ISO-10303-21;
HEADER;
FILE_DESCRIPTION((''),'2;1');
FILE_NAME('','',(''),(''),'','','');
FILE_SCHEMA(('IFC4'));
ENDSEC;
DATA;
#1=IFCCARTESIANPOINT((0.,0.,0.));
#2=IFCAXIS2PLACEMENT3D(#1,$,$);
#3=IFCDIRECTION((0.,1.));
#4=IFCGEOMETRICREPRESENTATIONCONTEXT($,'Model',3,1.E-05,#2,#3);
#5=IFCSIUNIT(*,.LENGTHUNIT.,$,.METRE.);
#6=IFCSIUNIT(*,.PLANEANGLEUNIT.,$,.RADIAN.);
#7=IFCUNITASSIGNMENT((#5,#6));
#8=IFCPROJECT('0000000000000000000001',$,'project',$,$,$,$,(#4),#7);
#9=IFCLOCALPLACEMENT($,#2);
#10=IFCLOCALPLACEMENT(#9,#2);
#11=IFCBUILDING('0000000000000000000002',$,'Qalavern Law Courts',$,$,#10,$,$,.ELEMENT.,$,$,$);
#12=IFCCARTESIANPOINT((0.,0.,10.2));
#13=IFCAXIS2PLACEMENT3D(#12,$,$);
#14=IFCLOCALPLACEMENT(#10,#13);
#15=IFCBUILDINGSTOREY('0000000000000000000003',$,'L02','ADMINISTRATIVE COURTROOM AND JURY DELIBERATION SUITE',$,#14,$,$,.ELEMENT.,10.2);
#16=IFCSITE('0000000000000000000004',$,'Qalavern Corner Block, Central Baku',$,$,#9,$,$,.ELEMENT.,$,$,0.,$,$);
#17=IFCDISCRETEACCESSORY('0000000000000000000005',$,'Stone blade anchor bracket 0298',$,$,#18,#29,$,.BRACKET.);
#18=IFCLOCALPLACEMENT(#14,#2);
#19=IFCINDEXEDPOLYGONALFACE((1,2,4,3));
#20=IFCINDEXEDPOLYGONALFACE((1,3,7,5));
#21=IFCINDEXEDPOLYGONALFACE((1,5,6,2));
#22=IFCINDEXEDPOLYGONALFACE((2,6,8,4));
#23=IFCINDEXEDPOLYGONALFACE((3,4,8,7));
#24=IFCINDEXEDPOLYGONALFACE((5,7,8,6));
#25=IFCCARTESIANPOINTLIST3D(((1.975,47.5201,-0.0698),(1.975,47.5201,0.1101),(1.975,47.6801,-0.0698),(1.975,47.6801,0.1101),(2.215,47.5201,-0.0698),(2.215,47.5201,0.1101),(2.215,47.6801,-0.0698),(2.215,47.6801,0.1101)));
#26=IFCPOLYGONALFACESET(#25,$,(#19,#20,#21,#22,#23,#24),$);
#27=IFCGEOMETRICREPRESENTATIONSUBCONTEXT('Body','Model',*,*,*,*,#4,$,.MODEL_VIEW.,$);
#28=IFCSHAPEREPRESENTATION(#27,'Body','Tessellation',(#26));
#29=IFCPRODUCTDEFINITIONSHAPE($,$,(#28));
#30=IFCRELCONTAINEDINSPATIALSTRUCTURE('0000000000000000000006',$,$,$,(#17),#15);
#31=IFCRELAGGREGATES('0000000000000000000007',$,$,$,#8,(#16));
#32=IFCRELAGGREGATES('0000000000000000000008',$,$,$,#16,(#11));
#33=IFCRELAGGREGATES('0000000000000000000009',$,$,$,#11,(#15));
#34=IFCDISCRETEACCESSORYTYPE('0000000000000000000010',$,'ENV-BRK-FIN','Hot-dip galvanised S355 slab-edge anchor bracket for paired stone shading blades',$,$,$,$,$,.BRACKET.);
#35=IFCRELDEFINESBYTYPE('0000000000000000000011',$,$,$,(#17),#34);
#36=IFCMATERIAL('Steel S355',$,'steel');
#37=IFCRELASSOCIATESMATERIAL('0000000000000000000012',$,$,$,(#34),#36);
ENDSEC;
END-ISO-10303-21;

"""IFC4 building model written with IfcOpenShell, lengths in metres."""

from ifc_helpers import new_model, si_unit, direction, frame, origin, origin_2d, place, context, subcontext, project, spatial, rectangle, extrude, material, type_object, element, save


model = new_model("IFC4")

# Units and contexts
model_context = context("Model", 3, precision=1e-05, world=origin(), true_north=direction((0.0, 1.0)))
body_context = subcontext(model_context, "Body", "Model", "MODEL_VIEW")
ifc_project = project(units=[si_unit("LENGTHUNIT", "METRE"), si_unit("PLANEANGLEUNIT", "RADIAN")], contexts=[model_context])

# Site, building, storey
site_placement = place(None, origin())
site = spatial("IfcSite", under=ifc_project, at=site_placement, Name="Qalavern Corner Block, Central Baku", CompositionType="ELEMENT", RefElevation=0.0)
building_placement = place(site_placement, origin())
building = spatial("IfcBuilding", under=site, at=building_placement, Name="Qalavern Law Courts", CompositionType="ELEMENT")
storey_placement = place(building_placement, frame((0.0, 0.0, 10.2)))
storey = spatial("IfcBuildingStorey", under=building, at=storey_placement, Name="L02", Description="ADMINISTRATIVE COURTROOM AND JURY DELIBERATION SUITE", CompositionType="ELEMENT", Elevation=10.2)

# Shared definitions
ifc_material_1 = material(Name="Steel S355", Category="steel")

# Discrete accessory
discrete_accessory_type = type_object("IfcDiscreteAccessoryType", Name="ENV-BRK-FIN", Description="Hot-dip galvanised S355 slab-edge anchor bracket for paired stone shading blades", PredefinedType="BRACKET", material=ifc_material_1)
discrete_accessory_placement = place(storey_placement, frame((2.095, 47.6001, -0.0698), z_axis=(0.0, 0.0, 1.0), x_axis=(-1.0, 0.0, 0.0)))
element("IfcDiscreteAccessory", 1, at=discrete_accessory_placement, inside=storey, type_object=discrete_accessory_type, Name="Stone blade anchor bracket 0298", PredefinedType="BRACKET", context=body_context, shape_type="SweptSolid", body=[
    extrude(rectangle(XDim=0.24, YDim=0.1599, at=origin_2d()), origin(), (0.0, 0.0, 1.0), 0.1799),
])

save(model, "model.ifc")
